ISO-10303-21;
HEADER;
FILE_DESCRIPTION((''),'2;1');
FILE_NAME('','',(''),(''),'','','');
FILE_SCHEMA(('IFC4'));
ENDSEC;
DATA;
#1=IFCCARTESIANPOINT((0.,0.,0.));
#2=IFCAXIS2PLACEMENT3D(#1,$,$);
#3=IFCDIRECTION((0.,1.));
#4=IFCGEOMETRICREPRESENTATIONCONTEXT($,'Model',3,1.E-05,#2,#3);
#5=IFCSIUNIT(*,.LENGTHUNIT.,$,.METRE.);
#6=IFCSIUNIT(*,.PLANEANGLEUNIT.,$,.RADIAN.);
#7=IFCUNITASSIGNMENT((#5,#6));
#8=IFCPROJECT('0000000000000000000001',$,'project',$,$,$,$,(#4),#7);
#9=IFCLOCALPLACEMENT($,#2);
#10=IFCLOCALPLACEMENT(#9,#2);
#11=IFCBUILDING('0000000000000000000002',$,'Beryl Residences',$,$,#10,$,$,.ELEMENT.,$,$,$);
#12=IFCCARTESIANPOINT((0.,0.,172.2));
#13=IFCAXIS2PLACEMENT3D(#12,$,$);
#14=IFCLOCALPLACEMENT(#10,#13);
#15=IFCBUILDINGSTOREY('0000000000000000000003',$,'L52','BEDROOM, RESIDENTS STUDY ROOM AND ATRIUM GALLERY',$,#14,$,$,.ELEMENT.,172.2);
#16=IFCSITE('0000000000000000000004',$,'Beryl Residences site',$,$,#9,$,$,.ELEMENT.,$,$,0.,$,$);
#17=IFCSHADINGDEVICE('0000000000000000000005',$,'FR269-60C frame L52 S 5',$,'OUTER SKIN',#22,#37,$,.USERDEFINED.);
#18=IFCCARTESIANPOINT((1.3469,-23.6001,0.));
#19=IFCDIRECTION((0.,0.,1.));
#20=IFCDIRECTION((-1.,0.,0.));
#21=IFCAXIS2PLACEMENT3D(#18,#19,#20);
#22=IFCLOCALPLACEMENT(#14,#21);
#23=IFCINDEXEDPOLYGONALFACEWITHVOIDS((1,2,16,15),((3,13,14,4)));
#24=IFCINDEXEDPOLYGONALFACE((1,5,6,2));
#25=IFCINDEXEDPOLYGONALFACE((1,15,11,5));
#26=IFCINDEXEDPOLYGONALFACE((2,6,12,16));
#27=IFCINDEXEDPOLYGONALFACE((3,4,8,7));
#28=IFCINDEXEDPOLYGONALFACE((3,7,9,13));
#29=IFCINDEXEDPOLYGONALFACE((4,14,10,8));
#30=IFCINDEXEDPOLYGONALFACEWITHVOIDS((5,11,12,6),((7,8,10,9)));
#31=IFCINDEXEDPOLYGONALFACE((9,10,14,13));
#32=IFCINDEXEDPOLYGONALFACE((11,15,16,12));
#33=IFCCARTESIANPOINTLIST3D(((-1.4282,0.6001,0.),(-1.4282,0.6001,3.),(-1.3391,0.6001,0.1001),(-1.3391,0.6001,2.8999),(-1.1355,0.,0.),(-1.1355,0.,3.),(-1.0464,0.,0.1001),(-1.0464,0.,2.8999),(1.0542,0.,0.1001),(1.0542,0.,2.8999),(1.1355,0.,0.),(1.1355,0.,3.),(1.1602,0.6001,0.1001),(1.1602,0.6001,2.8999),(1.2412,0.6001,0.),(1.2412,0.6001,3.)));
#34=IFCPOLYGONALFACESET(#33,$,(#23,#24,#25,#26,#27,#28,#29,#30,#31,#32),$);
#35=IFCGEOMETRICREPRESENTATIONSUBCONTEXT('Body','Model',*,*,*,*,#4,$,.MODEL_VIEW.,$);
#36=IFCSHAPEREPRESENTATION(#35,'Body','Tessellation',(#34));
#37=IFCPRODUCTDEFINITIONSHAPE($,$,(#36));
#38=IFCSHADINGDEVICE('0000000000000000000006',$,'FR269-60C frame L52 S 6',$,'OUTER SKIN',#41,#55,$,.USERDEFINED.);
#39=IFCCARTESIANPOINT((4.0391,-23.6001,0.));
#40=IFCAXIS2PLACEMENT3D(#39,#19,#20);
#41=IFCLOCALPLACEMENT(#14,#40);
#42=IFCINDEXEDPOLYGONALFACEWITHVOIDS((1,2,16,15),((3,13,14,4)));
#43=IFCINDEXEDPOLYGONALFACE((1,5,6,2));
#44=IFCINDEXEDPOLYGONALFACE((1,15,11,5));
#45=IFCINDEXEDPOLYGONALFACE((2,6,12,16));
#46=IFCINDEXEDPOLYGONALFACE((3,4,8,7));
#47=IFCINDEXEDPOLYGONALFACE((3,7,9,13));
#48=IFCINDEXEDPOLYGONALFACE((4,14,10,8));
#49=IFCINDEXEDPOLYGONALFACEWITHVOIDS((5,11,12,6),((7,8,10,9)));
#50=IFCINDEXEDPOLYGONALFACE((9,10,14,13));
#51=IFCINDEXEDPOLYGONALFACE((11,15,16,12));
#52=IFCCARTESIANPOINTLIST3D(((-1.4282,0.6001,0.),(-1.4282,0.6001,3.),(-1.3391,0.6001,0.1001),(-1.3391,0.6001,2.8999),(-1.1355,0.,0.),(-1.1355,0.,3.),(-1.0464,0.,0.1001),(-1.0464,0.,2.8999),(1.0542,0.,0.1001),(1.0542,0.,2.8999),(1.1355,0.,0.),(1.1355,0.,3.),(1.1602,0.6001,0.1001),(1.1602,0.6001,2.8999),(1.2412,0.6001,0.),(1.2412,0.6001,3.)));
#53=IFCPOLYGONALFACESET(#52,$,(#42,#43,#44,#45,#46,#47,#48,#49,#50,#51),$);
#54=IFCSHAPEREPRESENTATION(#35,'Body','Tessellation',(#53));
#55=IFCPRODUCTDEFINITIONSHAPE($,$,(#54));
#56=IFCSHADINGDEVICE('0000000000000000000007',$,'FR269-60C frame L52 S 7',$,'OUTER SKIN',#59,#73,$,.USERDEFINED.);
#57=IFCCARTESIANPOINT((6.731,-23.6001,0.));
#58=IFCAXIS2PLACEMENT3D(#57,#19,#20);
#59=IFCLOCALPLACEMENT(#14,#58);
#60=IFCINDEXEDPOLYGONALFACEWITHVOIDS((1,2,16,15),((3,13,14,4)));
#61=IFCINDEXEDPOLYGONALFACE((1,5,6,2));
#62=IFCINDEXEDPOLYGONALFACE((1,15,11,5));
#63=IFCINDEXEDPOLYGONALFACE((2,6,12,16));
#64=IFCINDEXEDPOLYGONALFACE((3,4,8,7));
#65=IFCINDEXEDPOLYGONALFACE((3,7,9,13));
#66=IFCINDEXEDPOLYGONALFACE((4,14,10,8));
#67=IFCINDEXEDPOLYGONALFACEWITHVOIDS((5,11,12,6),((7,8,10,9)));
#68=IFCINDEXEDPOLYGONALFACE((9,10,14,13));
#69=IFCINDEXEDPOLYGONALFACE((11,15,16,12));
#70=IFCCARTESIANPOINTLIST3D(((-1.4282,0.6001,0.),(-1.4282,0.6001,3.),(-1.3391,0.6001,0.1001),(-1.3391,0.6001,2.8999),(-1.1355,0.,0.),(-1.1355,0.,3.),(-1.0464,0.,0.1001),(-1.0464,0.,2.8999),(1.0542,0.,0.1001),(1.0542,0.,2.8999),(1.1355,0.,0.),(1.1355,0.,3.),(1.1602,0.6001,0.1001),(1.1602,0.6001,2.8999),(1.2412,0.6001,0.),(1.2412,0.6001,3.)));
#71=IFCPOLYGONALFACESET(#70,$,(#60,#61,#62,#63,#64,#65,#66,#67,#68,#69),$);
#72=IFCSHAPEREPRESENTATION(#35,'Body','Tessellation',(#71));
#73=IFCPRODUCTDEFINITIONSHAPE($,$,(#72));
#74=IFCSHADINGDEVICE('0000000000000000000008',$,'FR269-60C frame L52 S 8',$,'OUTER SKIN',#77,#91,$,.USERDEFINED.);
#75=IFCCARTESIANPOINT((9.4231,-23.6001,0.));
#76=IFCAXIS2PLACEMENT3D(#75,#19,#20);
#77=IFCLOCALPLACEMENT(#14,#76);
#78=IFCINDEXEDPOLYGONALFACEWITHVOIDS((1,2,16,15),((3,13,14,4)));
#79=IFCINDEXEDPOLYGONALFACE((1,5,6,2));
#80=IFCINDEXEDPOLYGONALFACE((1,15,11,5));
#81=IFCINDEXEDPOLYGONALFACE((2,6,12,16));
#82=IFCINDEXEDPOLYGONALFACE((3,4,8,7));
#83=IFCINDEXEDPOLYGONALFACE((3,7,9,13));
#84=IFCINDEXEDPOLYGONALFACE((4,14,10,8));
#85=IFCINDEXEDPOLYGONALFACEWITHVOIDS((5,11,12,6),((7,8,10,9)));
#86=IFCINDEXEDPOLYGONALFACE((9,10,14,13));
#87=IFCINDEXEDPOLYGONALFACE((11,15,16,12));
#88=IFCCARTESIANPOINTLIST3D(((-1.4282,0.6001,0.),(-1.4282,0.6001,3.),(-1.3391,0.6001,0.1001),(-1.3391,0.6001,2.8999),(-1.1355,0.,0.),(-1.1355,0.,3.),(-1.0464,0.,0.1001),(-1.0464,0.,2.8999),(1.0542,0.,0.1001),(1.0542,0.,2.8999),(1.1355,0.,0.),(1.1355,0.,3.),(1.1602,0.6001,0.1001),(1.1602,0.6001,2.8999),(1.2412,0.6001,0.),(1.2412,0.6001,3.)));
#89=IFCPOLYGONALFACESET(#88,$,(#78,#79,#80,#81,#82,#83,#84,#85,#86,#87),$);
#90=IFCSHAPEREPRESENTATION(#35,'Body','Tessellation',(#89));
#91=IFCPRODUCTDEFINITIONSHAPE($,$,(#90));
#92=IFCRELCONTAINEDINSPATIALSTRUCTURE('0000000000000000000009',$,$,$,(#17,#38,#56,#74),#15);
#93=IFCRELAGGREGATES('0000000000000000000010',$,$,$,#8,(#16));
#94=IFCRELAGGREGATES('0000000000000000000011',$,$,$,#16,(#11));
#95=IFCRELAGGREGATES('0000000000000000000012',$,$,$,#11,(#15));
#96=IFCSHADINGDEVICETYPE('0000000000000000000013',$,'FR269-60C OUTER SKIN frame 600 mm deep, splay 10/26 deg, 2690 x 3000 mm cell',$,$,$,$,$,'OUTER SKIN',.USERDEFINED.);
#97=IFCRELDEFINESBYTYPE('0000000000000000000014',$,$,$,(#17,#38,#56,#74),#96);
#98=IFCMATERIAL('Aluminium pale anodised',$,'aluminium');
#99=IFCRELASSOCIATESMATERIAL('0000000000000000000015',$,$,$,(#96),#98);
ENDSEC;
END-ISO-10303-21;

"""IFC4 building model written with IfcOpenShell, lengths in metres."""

from ifc_helpers import new_model, entity, si_unit, direction, frame, origin, place, context, subcontext, project, spatial, source, transform, mapped, material, type_object, type_shapes, element, save


model = new_model("IFC4")

# Units and contexts
model_context = context("Model", 3, precision=1e-05, world=origin(), true_north=direction((0.0, 1.0)))
body_context = subcontext(model_context, "Body", "Model", "MODEL_VIEW")
ifc_project = project(units=[si_unit("LENGTHUNIT", "METRE"), si_unit("PLANEANGLEUNIT", "RADIAN")], contexts=[model_context])

# Site, building, storey
site_placement = place(None, origin())
site = spatial("IfcSite", under=ifc_project, at=site_placement, Name="Beryl Residences site", CompositionType="ELEMENT", RefElevation=0.0)
building_placement = place(site_placement, origin())
building = spatial("IfcBuilding", under=site, at=building_placement, Name="Beryl Residences", CompositionType="ELEMENT")
storey_placement = place(building_placement, frame((0.0, 0.0, 172.2)))
storey = spatial("IfcBuildingStorey", under=building, at=storey_placement, Name="L52", Description="BEDROOM, RESIDENTS STUDY ROOM AND ATRIUM GALLERY", CompositionType="ELEMENT", Elevation=172.2)

# Shading devices
ifc_material_1 = material(Name="Aluminium pale anodised", Category="aluminium")
shading_device_type = type_object("IfcShadingDeviceType", Name="FR269-60C OUTER SKIN frame 600 mm deep, splay 10/26 deg, 2690 x 3000 mm cell", ElementType="OUTER SKIN", PredefinedType="USERDEFINED", material=ifc_material_1)
cartesian_point_1 = entity("IfcCartesianPoint", [-1.1355, 0.0])
cartesian_point_2 = entity("IfcCartesianPoint", [-1.0542, 0.1001])
cartesian_point_3 = entity("IfcCartesianPoint", [-1.2412, 0.0])
cartesian_point_4 = entity("IfcCartesianPoint", [-1.1602, 0.1001])
shared_shape_1 = source(origin(), body_context, "Body", "SweptSolid", [
    entity("IfcExtrudedAreaSolidTapered", entity("IfcArbitraryProfileDefWithVoids", "AREA", None, entity("IfcPolyline", [cartesian_point_1, entity("IfcCartesianPoint", [1.1355, 0.0]), entity("IfcCartesianPoint", [1.1355, 3.0]), entity("IfcCartesianPoint", [-1.1355, 3.0]), cartesian_point_1]), [entity("IfcPolyline", [cartesian_point_2, entity("IfcCartesianPoint", [1.0464, 0.1001]), entity("IfcCartesianPoint", [1.0464, 2.8999]), entity("IfcCartesianPoint", [-1.0542, 2.8999]), cartesian_point_2])]), entity("IfcAxis2Placement3D", entity("IfcCartesianPoint", [0.0, 0.0, 0.0]), entity("IfcDirection", [0.0, 1.0, 0.0]), entity("IfcDirection", [-1.0, 0.0, 0.0])), entity("IfcDirection", [0.0, 0.0, 1.0]), 0.6001, entity("IfcArbitraryProfileDefWithVoids", "AREA", None, entity("IfcPolyline", [cartesian_point_3, entity("IfcCartesianPoint", [1.4282, 0.0]), entity("IfcCartesianPoint", [1.4282, 3.0]), entity("IfcCartesianPoint", [-1.2412, 3.0]), cartesian_point_3]), [entity("IfcPolyline", [cartesian_point_4, entity("IfcCartesianPoint", [1.3391, 0.1001]), entity("IfcCartesianPoint", [1.3391, 2.8999]), entity("IfcCartesianPoint", [-1.1602, 2.8999]), cartesian_point_4])])),
])
type_shapes(shading_device_type, [shared_shape_1])
for number, where, z_axis, x_axis, name in (
    (1, (1.3469, -23.6001, 0.0), (0.0, 0.0, 1.0), (-1.0, 0.0, 0.0), "FR269-60C frame L52 S 5"),
    (2, (4.0391, -23.6001, 0.0), (0.0, 0.0, 1.0), (-1.0, 0.0, 0.0), "FR269-60C frame L52 S 6"),
    (3, (6.731, -23.6001, 0.0), (0.0, 0.0, 1.0), (-1.0, 0.0, 0.0), "FR269-60C frame L52 S 7"),
    (4, (9.4231, -23.6001, 0.0), (0.0, 0.0, 1.0), (-1.0, 0.0, 0.0), "FR269-60C frame L52 S 8"),
):
    element("IfcShadingDevice", number, at=place(storey_placement, frame(where, z_axis=z_axis, x_axis=x_axis)), inside=storey, type_object=shading_device_type, Name=name, ObjectType="OUTER SKIN", PredefinedType="USERDEFINED", context=body_context, shape_type="MappedRepresentation", body=[
        mapped(shared_shape_1, transform((0.0, 0.0, 0.0))),
    ])

save(model, "model.ifc")
